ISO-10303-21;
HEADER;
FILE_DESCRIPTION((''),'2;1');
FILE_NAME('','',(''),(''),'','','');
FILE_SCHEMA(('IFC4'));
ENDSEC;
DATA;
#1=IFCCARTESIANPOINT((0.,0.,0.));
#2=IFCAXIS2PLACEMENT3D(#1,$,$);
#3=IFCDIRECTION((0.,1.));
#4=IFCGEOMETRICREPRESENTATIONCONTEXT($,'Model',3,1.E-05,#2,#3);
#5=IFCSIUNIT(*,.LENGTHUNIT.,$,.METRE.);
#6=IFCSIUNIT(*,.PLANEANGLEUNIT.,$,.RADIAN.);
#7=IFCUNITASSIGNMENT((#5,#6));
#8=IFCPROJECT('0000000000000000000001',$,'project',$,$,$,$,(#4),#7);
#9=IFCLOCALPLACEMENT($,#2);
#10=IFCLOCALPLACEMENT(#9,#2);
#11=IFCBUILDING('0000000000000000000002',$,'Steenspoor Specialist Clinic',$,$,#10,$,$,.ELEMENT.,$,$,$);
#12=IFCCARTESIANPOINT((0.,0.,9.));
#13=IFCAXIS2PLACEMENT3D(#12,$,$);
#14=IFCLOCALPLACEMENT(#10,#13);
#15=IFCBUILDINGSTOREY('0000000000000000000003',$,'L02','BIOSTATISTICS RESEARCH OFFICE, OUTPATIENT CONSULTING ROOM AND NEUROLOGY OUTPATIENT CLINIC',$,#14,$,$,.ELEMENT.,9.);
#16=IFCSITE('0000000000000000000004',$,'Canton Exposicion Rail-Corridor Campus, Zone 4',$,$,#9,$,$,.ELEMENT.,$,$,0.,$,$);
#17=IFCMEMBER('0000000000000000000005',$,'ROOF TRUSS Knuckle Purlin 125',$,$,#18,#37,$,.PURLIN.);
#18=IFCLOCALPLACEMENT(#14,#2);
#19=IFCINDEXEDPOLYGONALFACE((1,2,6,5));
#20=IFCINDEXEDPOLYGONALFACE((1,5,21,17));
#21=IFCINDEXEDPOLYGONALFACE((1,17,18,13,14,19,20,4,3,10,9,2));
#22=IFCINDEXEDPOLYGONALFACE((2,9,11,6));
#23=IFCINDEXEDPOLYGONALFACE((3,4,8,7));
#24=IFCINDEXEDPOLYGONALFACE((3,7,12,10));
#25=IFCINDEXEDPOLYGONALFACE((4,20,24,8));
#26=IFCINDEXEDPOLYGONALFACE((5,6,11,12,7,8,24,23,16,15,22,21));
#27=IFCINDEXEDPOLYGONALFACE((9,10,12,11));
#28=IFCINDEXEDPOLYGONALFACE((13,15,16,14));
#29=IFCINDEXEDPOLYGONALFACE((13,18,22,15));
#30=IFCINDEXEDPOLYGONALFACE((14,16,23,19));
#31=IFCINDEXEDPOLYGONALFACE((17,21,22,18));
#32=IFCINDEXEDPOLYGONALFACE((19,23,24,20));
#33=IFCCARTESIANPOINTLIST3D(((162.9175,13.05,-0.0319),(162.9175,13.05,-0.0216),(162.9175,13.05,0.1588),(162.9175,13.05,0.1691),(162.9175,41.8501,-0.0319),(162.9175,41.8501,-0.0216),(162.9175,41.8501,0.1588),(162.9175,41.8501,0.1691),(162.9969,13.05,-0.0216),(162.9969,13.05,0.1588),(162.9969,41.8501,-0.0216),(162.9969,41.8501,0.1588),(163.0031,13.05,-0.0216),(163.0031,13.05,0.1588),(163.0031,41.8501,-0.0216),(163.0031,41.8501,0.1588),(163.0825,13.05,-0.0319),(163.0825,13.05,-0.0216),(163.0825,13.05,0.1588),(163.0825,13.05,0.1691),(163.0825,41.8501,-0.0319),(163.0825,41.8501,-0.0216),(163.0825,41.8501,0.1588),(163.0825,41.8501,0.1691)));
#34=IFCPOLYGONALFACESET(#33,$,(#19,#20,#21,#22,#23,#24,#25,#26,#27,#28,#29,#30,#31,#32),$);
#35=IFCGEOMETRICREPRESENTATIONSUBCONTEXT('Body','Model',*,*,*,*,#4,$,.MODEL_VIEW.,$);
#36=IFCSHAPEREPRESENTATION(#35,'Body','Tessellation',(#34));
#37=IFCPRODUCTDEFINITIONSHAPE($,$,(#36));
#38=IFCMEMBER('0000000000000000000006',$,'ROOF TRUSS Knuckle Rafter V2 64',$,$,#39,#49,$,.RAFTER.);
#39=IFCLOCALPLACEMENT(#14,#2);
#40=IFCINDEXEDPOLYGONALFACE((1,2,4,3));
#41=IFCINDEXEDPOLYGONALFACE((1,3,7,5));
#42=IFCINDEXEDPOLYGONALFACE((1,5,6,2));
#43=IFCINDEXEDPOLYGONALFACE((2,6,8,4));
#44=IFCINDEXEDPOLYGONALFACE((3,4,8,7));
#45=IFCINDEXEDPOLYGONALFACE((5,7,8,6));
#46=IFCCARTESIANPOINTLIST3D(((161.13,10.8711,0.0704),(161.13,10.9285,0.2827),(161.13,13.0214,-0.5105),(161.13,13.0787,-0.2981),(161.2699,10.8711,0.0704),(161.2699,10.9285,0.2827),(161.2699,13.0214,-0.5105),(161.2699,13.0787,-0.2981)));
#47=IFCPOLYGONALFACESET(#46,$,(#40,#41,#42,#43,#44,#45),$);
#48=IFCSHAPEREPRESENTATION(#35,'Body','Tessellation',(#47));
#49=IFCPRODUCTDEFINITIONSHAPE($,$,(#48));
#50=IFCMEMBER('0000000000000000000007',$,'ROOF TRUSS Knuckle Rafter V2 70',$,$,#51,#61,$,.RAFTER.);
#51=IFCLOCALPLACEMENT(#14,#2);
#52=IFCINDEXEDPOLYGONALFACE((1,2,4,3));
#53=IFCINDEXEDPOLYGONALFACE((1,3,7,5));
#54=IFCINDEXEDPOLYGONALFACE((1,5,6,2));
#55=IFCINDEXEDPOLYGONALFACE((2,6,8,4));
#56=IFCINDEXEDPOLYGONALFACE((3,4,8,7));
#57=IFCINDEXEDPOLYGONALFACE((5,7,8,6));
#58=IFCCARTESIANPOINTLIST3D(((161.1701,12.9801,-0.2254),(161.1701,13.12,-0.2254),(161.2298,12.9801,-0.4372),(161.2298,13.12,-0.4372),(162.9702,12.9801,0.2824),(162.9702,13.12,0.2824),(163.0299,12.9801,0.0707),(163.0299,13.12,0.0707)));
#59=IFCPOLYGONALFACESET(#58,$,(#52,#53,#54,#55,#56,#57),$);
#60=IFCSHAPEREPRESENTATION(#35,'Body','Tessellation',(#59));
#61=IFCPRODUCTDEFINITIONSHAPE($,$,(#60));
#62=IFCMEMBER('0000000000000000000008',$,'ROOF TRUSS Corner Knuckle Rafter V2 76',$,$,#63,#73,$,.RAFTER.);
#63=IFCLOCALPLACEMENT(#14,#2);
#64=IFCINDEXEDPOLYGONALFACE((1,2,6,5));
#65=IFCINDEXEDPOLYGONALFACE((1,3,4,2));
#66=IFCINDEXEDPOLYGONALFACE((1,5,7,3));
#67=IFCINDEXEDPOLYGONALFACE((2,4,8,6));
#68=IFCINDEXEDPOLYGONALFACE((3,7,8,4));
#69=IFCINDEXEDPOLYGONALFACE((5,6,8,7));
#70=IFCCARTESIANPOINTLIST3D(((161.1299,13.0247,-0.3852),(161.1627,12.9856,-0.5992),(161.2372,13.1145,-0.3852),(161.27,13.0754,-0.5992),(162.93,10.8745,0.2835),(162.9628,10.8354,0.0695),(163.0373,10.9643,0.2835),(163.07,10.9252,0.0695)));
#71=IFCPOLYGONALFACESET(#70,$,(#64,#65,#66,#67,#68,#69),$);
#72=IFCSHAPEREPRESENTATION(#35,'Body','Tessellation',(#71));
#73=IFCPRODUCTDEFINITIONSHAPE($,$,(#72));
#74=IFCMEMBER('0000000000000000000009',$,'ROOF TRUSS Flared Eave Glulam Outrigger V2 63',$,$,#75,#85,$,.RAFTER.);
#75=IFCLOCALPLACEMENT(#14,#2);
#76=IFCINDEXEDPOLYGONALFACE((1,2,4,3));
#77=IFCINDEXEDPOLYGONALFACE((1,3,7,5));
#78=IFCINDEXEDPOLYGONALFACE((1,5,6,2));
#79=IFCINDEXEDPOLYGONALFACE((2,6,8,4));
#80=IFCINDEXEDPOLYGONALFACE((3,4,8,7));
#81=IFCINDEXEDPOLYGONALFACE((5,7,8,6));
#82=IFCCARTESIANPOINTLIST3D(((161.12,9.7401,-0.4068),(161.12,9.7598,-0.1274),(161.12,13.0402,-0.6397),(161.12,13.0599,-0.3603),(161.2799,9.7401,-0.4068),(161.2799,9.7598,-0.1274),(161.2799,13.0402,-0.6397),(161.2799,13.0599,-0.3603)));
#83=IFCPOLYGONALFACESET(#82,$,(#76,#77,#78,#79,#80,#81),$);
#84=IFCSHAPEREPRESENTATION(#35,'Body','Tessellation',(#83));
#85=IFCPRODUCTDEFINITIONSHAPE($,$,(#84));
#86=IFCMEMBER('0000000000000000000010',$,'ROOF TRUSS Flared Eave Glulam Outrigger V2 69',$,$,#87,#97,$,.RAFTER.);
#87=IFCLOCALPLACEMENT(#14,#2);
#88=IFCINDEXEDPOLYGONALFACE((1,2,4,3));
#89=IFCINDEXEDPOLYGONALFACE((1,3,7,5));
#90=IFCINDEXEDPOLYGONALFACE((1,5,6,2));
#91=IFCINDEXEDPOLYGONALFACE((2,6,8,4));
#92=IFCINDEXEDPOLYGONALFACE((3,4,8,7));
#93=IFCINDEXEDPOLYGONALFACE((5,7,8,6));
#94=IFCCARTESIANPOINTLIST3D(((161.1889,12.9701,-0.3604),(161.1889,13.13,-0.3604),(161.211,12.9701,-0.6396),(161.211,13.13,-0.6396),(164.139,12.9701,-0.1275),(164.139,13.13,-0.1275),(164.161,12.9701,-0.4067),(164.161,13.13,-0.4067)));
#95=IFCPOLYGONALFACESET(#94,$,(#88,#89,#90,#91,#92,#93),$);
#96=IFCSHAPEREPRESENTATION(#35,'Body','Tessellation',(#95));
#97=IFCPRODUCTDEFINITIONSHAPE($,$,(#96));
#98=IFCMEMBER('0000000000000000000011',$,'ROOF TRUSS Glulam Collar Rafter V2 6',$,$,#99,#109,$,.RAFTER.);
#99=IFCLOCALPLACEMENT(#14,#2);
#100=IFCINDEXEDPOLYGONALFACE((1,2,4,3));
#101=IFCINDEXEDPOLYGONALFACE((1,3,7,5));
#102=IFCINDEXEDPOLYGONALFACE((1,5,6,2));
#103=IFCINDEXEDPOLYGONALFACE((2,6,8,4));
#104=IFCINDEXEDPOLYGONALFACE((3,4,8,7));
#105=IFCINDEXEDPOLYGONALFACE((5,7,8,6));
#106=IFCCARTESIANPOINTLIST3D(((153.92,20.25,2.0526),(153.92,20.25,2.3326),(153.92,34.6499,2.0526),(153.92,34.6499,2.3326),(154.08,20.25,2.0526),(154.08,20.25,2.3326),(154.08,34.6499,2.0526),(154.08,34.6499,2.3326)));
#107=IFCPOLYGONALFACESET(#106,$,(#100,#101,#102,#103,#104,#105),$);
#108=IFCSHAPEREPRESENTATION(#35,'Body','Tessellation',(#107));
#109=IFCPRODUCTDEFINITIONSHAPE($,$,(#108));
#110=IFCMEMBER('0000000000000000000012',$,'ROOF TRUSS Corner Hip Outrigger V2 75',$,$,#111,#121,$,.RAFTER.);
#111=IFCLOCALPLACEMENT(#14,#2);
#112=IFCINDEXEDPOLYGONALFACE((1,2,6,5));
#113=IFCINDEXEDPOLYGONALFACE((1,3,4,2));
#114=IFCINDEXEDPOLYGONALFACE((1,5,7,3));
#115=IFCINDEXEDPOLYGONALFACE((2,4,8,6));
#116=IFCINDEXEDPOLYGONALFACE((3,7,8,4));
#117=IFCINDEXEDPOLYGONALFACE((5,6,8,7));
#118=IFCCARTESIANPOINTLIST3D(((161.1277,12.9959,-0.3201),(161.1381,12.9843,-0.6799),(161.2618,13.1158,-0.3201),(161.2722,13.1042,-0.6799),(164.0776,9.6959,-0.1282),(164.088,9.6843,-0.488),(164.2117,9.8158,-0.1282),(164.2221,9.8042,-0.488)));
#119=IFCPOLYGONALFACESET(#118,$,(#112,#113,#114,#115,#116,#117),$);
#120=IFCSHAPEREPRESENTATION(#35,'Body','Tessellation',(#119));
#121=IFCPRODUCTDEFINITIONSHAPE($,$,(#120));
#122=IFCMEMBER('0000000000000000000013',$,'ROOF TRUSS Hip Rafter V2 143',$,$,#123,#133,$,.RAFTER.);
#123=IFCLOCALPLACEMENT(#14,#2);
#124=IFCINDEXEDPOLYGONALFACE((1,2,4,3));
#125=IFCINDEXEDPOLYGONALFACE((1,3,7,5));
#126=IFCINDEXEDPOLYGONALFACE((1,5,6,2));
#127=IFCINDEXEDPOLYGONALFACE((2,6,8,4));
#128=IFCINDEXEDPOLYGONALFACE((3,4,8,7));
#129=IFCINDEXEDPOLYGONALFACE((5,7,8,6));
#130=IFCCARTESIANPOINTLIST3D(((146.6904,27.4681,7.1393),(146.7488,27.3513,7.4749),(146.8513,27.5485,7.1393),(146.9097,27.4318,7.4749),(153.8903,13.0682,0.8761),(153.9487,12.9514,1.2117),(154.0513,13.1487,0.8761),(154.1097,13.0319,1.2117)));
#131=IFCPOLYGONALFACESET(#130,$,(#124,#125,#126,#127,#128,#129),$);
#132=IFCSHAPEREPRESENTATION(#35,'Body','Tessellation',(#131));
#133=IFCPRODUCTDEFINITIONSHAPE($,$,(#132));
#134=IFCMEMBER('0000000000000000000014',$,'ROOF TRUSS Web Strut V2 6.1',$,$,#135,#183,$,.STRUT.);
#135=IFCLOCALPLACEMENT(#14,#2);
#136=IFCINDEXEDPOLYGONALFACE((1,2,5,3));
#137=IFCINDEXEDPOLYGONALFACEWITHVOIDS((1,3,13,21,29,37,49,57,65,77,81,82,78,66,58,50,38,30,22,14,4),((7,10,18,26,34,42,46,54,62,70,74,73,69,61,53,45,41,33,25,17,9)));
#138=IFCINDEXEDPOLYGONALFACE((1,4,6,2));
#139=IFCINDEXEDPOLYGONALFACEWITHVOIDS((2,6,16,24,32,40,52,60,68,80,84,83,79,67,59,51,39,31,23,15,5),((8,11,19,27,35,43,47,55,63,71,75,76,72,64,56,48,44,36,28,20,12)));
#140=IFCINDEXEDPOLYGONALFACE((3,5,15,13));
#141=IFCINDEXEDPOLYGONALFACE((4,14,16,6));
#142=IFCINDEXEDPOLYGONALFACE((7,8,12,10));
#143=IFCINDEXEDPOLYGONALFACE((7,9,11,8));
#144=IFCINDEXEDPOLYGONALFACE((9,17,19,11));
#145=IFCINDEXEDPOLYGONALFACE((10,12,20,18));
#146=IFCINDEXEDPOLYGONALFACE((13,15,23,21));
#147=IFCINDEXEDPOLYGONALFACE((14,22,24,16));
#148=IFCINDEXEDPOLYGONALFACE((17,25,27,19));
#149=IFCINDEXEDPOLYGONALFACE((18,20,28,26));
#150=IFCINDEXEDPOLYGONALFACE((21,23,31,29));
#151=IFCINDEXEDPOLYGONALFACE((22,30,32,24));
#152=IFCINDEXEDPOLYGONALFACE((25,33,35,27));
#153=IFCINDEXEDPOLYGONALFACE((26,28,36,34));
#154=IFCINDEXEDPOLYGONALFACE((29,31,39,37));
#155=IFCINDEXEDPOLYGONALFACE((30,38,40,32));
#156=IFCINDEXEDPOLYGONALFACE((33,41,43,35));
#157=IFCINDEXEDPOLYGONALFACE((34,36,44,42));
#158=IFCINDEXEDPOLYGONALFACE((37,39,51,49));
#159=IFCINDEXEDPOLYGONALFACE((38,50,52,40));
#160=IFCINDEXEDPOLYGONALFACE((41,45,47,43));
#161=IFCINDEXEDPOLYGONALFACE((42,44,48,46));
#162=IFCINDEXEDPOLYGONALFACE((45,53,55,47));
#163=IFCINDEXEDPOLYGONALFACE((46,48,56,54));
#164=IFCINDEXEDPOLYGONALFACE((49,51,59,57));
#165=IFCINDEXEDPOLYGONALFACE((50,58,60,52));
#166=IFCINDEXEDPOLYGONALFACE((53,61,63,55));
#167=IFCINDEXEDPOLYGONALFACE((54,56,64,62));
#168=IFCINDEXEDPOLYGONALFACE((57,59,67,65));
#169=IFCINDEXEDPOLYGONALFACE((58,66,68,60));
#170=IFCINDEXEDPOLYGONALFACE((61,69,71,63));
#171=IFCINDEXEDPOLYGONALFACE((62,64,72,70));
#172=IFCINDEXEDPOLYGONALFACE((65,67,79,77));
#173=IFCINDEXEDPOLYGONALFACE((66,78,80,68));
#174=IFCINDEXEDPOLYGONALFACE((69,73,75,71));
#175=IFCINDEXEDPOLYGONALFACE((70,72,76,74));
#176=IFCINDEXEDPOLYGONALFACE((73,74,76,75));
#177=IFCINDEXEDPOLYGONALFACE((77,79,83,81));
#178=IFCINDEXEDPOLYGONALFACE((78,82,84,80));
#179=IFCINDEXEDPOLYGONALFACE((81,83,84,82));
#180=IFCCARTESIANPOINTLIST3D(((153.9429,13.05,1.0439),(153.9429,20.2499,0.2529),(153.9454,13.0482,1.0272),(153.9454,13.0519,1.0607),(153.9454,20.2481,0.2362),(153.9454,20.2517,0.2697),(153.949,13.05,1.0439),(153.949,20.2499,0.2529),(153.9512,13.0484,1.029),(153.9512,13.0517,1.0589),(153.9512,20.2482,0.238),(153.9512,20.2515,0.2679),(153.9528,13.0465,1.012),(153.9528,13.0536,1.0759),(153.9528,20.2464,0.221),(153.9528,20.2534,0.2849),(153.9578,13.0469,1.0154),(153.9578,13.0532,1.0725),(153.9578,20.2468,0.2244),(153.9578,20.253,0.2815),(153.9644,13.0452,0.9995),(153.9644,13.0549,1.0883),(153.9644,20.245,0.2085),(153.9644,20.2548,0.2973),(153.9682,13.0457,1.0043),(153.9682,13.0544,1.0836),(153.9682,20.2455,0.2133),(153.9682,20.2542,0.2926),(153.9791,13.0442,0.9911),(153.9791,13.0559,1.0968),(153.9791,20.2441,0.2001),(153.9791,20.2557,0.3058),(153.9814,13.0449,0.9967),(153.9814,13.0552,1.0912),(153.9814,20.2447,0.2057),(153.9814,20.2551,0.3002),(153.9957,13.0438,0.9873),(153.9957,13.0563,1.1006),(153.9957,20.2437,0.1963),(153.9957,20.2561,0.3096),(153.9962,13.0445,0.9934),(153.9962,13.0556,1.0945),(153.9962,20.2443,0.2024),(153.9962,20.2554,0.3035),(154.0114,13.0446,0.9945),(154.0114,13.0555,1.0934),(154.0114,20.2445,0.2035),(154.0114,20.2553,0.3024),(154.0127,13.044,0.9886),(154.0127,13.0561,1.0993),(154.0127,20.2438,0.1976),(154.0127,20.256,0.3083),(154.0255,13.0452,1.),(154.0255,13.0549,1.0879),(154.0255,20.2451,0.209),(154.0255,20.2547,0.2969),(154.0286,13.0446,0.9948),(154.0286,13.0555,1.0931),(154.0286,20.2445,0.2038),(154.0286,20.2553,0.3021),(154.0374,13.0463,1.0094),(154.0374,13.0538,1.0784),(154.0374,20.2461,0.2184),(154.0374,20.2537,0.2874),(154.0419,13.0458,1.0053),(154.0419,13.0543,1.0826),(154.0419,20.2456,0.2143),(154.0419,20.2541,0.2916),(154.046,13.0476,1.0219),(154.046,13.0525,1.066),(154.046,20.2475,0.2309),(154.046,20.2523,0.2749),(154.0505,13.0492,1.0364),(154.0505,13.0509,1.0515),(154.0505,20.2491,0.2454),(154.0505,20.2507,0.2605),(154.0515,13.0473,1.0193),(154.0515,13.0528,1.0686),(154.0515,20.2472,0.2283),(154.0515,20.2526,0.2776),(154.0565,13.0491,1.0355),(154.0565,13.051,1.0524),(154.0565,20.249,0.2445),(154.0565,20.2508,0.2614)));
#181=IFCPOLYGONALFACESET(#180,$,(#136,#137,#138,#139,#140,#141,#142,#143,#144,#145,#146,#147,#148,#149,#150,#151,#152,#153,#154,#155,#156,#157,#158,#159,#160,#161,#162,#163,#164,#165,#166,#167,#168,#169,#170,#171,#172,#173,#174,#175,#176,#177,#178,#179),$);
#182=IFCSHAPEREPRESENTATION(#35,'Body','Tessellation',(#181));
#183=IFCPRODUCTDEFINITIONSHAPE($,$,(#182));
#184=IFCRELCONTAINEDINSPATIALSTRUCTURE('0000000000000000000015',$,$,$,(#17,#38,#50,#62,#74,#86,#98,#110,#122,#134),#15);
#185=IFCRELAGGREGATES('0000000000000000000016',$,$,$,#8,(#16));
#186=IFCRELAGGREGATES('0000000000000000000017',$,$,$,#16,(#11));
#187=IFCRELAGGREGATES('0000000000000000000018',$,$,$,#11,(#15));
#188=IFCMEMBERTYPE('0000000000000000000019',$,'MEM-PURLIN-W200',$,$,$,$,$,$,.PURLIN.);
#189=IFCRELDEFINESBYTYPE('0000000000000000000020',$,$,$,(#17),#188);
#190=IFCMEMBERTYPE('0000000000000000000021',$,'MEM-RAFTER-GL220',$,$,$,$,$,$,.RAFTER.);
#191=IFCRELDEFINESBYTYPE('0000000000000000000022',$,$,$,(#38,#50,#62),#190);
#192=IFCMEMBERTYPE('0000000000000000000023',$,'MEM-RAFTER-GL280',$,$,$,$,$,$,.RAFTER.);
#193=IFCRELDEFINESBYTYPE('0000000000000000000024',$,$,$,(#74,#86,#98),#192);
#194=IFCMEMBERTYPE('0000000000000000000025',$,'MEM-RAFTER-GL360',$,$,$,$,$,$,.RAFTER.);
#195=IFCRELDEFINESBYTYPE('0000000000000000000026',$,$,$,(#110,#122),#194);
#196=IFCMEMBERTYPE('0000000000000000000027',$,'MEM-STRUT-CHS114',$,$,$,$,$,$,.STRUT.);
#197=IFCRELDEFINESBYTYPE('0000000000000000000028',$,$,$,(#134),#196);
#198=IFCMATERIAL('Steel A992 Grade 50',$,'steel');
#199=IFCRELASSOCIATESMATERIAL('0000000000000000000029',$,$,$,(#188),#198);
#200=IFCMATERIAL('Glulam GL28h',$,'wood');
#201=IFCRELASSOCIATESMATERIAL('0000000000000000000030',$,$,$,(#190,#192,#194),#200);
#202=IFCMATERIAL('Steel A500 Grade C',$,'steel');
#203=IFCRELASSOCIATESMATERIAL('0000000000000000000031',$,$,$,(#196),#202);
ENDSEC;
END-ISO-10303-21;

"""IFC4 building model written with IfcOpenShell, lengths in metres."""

from ifc_helpers import new_model, si_unit, direction, frame, origin, origin_2d, place, context, subcontext, project, spatial, rectangle, hollow_circle, i_section, extrude, material, material_profile, profile_set, type_object, element, save


model = new_model("IFC4")

# Units and contexts
model_context = context("Model", 3, precision=1e-05, world=origin(), true_north=direction((0.0, 1.0)))
body_context = subcontext(model_context, "Body", "Model", "MODEL_VIEW")
ifc_project = project(units=[si_unit("LENGTHUNIT", "METRE"), si_unit("PLANEANGLEUNIT", "RADIAN")], contexts=[model_context])

# Site, building, storey
site_placement = place(None, origin())
site = spatial("IfcSite", under=ifc_project, at=site_placement, Name="Canton Exposicion Rail-Corridor Campus, Zone 4", CompositionType="ELEMENT", RefElevation=0.0)
building_placement = place(site_placement, origin())
building = spatial("IfcBuilding", under=site, at=building_placement, Name="Steenspoor Specialist Clinic", CompositionType="ELEMENT")
storey_placement = place(building_placement, frame((0.0, 0.0, 9.0)))
storey = spatial("IfcBuildingStorey", under=building, at=storey_placement, Name="L02", Description="BIOSTATISTICS RESEARCH OFFICE, OUTPATIENT CONSULTING ROOM AND NEUROLOGY OUTPATIENT CLINIC", CompositionType="ELEMENT", Elevation=9.0)

# Members
ifc_material_1 = material(Name="Steel A500 Grade C", Category="steel")
ifc_material_2 = material(Name="Steel A992 Grade 50", Category="steel")
ifc_material_profile_1 = material_profile(ifc_material_2, i_section(OverallWidth=0.165, OverallDepth=0.2009, WebThickness=0.0061, FlangeThickness=0.0103, at=origin_2d()), Name="W200X36")
ifc_profile_set_1 = profile_set([ifc_material_profile_1], Name="Steel A992 Grade 50")
member_type_1 = type_object("IfcMemberType", Name="MEM-PURLIN-W200", PredefinedType="PURLIN", material=ifc_profile_set_1)
member_1_placement = place(storey_placement, frame((163.0, 13.05, 0.0686), z_axis=(0.0, 1.0, 0.0), x_axis=(-1.0, 0.0, 0.0)))
element("IfcMember", 1, at=member_1_placement, inside=storey, type_object=member_type_1, Name="ROOF TRUSS Knuckle Purlin 125", PredefinedType="PURLIN", context=body_context, shape_type="SweptSolid", body=[
    extrude(i_section(OverallWidth=0.165, OverallDepth=0.2009, WebThickness=0.0061, FlangeThickness=0.0103, at=origin_2d()), origin(), (0.0, 0.0, 1.0), 28.8),
])
ifc_material_3 = material(Name="Glulam GL28h", Category="wood")
ifc_material_profile_2 = material_profile(ifc_material_3, rectangle(XDim=0.1399, YDim=0.22, at=origin_2d()), Name="GL28H-140X220")
ifc_profile_set_2 = profile_set([ifc_material_profile_2], Name="Glulam GL28h")
member_type_2 = type_object("IfcMemberType", Name="MEM-RAFTER-GL220", PredefinedType="RAFTER", material=ifc_profile_set_2)
member_2_placement = place(storey_placement, frame((161.2, 13.05, -0.4043), z_axis=(0.0, -0.965398, 0.260779), x_axis=(1.0, 0.0, 0.0)))
element("IfcMember", 2, at=member_2_placement, inside=storey, type_object=member_type_2, Name="ROOF TRUSS Knuckle Rafter V2 64", PredefinedType="RAFTER", context=body_context, shape_type="SweptSolid", body=[
    extrude(rectangle(XDim=0.1399, YDim=0.22, at=origin_2d()), origin(), (0.0, 0.0, 1.0), 2.2273),
])
member_3_placement = place(storey_placement, frame((161.2, 13.05, -0.3313), z_axis=(0.962435, 0.0, 0.271513), x_axis=(0.0, 1.0, 0.0)))
element("IfcMember", 3, at=member_3_placement, inside=storey, type_object=member_type_2, Name="ROOF TRUSS Knuckle Rafter V2 70", PredefinedType="RAFTER", context=body_context, shape_type="SweptSolid", body=[
    extrude(rectangle(XDim=0.1399, YDim=0.22, at=origin_2d()), origin(), (0.0, 0.0, 1.0), 1.8704),
])
member_4_placement = place(storey_placement, frame((161.2, 13.05, -0.4922), z_axis=(0.624412, -0.745857, 0.231963), x_axis=(0.766771, 0.641921, 0.0)))
element("IfcMember", 4, at=member_4_placement, inside=storey, type_object=member_type_2, Name="ROOF TRUSS Corner Knuckle Rafter V2 76", PredefinedType="RAFTER", context=body_context, shape_type="SweptSolid", body=[
    extrude(rectangle(XDim=0.1399, YDim=0.22, at=origin_2d()), origin(), (0.0, 0.0, 1.0), 2.8828),
])
ifc_material_profile_3 = material_profile(ifc_material_3, rectangle(XDim=0.1599, YDim=0.28, at=origin_2d()), Name="GL28H-160X280")
ifc_profile_set_3 = profile_set([ifc_material_profile_3], Name="Glulam GL28h")
member_type_3 = type_object("IfcMemberType", Name="MEM-RAFTER-GL280", PredefinedType="RAFTER", material=ifc_profile_set_3)
member_5_placement = place(storey_placement, frame((161.2, 13.05, -0.5), z_axis=(0.0, -0.997519, 0.070403), x_axis=(1.0, 0.0, 0.0)))
element("IfcMember", 5, at=member_5_placement, inside=storey, type_object=member_type_3, Name="ROOF TRUSS Flared Eave Glulam Outrigger V2 63", PredefinedType="RAFTER", context=body_context, shape_type="SweptSolid", body=[
    extrude(rectangle(XDim=0.1599, YDim=0.28, at=origin_2d()), origin(), (0.0, 0.0, 1.0), 3.3083),
])
member_6_placement = place(storey_placement, frame((161.2, 13.05, -0.5), z_axis=(0.996898, 0.0, 0.078709), x_axis=(0.0, 1.0, 0.0)))
element("IfcMember", 6, at=member_6_placement, inside=storey, type_object=member_type_3, Name="ROOF TRUSS Flared Eave Glulam Outrigger V2 69", PredefinedType="RAFTER", context=body_context, shape_type="SweptSolid", body=[
    extrude(rectangle(XDim=0.1599, YDim=0.28, at=origin_2d()), origin(), (0.0, 0.0, 1.0), 2.9592),
])
member_7_placement = place(storey_placement, frame((154.0, 20.25, 2.1926), z_axis=(0.0, 1.0, 0.0), x_axis=(-1.0, 0.0, 0.0)))
element("IfcMember", 7, at=member_7_placement, inside=storey, type_object=member_type_3, Name="ROOF TRUSS Glulam Collar Rafter V2 6", PredefinedType="RAFTER", context=body_context, shape_type="SweptSolid", body=[
    extrude(rectangle(XDim=0.1599, YDim=0.28, at=origin_2d()), origin(), (0.0, 0.0, 1.0), 14.3999),
])
ifc_material_profile_4 = material_profile(ifc_material_3, rectangle(XDim=0.1799, YDim=0.3601, at=origin_2d()), Name="GL28H-180X360")
ifc_profile_set_4 = profile_set([ifc_material_profile_4], Name="Glulam GL28h")
member_type_4 = type_object("IfcMemberType", Name="MEM-RAFTER-GL360", PredefinedType="RAFTER", material=ifc_profile_set_4)
member_8_placement = place(storey_placement, frame((161.2, 13.05, -0.5), z_axis=(0.665828, -0.744847, 0.043312), x_axis=(0.745547, 0.666453, 0.0)))
element("IfcMember", 8, at=member_8_placement, inside=storey, type_object=member_type_4, Name="ROOF TRUSS Corner Hip Outrigger V2 75", PredefinedType="RAFTER", context=body_context, shape_type="SweptSolid", body=[
    extrude(rectangle(XDim=0.1799, YDim=0.3601, at=origin_2d()), origin(), (0.0, 0.0, 1.0), 4.4304),
])
member_9_placement = place(storey_placement, frame((154.0, 13.05, 1.0439), z_axis=(-0.416786, 0.833571, 0.362559), x_axis=(-0.894427, -0.447214, 0.0)))
element("IfcMember", 9, at=member_9_placement, inside=storey, type_object=member_type_4, Name="ROOF TRUSS Hip Rafter V2 143", PredefinedType="RAFTER", context=body_context, shape_type="SweptSolid", body=[
    extrude(rectangle(XDim=0.1799, YDim=0.3601, at=origin_2d()), origin(), (0.0, 0.0, 1.0), 17.2749),
])
ifc_material_profile_5 = material_profile(ifc_material_1, hollow_circle(Radius=0.0571, WallThickness=0.0061, at=origin_2d()), Name="CHS114X6.0")
ifc_profile_set_5 = profile_set([ifc_material_profile_5], Name="Steel A500 Grade C")
member_type_5 = type_object("IfcMemberType", Name="MEM-STRUT-CHS114", PredefinedType="STRUT", material=ifc_profile_set_5)
member_10_placement = place(storey_placement, frame((154.0, 13.05, 1.0439), z_axis=(0.0, 0.994019, -0.109207), x_axis=(-1.0, 0.0, 0.0)))
element("IfcMember", 10, at=member_10_placement, inside=storey, type_object=member_type_5, Name="ROOF TRUSS Web Strut V2 6.1", PredefinedType="STRUT", context=body_context, shape_type="SweptSolid", body=[
    extrude(hollow_circle(Radius=0.0571, WallThickness=0.0061, at=origin_2d()), origin(), (0.0, 0.0, 1.0), 7.2432),
])

save(model, "model.ifc")
